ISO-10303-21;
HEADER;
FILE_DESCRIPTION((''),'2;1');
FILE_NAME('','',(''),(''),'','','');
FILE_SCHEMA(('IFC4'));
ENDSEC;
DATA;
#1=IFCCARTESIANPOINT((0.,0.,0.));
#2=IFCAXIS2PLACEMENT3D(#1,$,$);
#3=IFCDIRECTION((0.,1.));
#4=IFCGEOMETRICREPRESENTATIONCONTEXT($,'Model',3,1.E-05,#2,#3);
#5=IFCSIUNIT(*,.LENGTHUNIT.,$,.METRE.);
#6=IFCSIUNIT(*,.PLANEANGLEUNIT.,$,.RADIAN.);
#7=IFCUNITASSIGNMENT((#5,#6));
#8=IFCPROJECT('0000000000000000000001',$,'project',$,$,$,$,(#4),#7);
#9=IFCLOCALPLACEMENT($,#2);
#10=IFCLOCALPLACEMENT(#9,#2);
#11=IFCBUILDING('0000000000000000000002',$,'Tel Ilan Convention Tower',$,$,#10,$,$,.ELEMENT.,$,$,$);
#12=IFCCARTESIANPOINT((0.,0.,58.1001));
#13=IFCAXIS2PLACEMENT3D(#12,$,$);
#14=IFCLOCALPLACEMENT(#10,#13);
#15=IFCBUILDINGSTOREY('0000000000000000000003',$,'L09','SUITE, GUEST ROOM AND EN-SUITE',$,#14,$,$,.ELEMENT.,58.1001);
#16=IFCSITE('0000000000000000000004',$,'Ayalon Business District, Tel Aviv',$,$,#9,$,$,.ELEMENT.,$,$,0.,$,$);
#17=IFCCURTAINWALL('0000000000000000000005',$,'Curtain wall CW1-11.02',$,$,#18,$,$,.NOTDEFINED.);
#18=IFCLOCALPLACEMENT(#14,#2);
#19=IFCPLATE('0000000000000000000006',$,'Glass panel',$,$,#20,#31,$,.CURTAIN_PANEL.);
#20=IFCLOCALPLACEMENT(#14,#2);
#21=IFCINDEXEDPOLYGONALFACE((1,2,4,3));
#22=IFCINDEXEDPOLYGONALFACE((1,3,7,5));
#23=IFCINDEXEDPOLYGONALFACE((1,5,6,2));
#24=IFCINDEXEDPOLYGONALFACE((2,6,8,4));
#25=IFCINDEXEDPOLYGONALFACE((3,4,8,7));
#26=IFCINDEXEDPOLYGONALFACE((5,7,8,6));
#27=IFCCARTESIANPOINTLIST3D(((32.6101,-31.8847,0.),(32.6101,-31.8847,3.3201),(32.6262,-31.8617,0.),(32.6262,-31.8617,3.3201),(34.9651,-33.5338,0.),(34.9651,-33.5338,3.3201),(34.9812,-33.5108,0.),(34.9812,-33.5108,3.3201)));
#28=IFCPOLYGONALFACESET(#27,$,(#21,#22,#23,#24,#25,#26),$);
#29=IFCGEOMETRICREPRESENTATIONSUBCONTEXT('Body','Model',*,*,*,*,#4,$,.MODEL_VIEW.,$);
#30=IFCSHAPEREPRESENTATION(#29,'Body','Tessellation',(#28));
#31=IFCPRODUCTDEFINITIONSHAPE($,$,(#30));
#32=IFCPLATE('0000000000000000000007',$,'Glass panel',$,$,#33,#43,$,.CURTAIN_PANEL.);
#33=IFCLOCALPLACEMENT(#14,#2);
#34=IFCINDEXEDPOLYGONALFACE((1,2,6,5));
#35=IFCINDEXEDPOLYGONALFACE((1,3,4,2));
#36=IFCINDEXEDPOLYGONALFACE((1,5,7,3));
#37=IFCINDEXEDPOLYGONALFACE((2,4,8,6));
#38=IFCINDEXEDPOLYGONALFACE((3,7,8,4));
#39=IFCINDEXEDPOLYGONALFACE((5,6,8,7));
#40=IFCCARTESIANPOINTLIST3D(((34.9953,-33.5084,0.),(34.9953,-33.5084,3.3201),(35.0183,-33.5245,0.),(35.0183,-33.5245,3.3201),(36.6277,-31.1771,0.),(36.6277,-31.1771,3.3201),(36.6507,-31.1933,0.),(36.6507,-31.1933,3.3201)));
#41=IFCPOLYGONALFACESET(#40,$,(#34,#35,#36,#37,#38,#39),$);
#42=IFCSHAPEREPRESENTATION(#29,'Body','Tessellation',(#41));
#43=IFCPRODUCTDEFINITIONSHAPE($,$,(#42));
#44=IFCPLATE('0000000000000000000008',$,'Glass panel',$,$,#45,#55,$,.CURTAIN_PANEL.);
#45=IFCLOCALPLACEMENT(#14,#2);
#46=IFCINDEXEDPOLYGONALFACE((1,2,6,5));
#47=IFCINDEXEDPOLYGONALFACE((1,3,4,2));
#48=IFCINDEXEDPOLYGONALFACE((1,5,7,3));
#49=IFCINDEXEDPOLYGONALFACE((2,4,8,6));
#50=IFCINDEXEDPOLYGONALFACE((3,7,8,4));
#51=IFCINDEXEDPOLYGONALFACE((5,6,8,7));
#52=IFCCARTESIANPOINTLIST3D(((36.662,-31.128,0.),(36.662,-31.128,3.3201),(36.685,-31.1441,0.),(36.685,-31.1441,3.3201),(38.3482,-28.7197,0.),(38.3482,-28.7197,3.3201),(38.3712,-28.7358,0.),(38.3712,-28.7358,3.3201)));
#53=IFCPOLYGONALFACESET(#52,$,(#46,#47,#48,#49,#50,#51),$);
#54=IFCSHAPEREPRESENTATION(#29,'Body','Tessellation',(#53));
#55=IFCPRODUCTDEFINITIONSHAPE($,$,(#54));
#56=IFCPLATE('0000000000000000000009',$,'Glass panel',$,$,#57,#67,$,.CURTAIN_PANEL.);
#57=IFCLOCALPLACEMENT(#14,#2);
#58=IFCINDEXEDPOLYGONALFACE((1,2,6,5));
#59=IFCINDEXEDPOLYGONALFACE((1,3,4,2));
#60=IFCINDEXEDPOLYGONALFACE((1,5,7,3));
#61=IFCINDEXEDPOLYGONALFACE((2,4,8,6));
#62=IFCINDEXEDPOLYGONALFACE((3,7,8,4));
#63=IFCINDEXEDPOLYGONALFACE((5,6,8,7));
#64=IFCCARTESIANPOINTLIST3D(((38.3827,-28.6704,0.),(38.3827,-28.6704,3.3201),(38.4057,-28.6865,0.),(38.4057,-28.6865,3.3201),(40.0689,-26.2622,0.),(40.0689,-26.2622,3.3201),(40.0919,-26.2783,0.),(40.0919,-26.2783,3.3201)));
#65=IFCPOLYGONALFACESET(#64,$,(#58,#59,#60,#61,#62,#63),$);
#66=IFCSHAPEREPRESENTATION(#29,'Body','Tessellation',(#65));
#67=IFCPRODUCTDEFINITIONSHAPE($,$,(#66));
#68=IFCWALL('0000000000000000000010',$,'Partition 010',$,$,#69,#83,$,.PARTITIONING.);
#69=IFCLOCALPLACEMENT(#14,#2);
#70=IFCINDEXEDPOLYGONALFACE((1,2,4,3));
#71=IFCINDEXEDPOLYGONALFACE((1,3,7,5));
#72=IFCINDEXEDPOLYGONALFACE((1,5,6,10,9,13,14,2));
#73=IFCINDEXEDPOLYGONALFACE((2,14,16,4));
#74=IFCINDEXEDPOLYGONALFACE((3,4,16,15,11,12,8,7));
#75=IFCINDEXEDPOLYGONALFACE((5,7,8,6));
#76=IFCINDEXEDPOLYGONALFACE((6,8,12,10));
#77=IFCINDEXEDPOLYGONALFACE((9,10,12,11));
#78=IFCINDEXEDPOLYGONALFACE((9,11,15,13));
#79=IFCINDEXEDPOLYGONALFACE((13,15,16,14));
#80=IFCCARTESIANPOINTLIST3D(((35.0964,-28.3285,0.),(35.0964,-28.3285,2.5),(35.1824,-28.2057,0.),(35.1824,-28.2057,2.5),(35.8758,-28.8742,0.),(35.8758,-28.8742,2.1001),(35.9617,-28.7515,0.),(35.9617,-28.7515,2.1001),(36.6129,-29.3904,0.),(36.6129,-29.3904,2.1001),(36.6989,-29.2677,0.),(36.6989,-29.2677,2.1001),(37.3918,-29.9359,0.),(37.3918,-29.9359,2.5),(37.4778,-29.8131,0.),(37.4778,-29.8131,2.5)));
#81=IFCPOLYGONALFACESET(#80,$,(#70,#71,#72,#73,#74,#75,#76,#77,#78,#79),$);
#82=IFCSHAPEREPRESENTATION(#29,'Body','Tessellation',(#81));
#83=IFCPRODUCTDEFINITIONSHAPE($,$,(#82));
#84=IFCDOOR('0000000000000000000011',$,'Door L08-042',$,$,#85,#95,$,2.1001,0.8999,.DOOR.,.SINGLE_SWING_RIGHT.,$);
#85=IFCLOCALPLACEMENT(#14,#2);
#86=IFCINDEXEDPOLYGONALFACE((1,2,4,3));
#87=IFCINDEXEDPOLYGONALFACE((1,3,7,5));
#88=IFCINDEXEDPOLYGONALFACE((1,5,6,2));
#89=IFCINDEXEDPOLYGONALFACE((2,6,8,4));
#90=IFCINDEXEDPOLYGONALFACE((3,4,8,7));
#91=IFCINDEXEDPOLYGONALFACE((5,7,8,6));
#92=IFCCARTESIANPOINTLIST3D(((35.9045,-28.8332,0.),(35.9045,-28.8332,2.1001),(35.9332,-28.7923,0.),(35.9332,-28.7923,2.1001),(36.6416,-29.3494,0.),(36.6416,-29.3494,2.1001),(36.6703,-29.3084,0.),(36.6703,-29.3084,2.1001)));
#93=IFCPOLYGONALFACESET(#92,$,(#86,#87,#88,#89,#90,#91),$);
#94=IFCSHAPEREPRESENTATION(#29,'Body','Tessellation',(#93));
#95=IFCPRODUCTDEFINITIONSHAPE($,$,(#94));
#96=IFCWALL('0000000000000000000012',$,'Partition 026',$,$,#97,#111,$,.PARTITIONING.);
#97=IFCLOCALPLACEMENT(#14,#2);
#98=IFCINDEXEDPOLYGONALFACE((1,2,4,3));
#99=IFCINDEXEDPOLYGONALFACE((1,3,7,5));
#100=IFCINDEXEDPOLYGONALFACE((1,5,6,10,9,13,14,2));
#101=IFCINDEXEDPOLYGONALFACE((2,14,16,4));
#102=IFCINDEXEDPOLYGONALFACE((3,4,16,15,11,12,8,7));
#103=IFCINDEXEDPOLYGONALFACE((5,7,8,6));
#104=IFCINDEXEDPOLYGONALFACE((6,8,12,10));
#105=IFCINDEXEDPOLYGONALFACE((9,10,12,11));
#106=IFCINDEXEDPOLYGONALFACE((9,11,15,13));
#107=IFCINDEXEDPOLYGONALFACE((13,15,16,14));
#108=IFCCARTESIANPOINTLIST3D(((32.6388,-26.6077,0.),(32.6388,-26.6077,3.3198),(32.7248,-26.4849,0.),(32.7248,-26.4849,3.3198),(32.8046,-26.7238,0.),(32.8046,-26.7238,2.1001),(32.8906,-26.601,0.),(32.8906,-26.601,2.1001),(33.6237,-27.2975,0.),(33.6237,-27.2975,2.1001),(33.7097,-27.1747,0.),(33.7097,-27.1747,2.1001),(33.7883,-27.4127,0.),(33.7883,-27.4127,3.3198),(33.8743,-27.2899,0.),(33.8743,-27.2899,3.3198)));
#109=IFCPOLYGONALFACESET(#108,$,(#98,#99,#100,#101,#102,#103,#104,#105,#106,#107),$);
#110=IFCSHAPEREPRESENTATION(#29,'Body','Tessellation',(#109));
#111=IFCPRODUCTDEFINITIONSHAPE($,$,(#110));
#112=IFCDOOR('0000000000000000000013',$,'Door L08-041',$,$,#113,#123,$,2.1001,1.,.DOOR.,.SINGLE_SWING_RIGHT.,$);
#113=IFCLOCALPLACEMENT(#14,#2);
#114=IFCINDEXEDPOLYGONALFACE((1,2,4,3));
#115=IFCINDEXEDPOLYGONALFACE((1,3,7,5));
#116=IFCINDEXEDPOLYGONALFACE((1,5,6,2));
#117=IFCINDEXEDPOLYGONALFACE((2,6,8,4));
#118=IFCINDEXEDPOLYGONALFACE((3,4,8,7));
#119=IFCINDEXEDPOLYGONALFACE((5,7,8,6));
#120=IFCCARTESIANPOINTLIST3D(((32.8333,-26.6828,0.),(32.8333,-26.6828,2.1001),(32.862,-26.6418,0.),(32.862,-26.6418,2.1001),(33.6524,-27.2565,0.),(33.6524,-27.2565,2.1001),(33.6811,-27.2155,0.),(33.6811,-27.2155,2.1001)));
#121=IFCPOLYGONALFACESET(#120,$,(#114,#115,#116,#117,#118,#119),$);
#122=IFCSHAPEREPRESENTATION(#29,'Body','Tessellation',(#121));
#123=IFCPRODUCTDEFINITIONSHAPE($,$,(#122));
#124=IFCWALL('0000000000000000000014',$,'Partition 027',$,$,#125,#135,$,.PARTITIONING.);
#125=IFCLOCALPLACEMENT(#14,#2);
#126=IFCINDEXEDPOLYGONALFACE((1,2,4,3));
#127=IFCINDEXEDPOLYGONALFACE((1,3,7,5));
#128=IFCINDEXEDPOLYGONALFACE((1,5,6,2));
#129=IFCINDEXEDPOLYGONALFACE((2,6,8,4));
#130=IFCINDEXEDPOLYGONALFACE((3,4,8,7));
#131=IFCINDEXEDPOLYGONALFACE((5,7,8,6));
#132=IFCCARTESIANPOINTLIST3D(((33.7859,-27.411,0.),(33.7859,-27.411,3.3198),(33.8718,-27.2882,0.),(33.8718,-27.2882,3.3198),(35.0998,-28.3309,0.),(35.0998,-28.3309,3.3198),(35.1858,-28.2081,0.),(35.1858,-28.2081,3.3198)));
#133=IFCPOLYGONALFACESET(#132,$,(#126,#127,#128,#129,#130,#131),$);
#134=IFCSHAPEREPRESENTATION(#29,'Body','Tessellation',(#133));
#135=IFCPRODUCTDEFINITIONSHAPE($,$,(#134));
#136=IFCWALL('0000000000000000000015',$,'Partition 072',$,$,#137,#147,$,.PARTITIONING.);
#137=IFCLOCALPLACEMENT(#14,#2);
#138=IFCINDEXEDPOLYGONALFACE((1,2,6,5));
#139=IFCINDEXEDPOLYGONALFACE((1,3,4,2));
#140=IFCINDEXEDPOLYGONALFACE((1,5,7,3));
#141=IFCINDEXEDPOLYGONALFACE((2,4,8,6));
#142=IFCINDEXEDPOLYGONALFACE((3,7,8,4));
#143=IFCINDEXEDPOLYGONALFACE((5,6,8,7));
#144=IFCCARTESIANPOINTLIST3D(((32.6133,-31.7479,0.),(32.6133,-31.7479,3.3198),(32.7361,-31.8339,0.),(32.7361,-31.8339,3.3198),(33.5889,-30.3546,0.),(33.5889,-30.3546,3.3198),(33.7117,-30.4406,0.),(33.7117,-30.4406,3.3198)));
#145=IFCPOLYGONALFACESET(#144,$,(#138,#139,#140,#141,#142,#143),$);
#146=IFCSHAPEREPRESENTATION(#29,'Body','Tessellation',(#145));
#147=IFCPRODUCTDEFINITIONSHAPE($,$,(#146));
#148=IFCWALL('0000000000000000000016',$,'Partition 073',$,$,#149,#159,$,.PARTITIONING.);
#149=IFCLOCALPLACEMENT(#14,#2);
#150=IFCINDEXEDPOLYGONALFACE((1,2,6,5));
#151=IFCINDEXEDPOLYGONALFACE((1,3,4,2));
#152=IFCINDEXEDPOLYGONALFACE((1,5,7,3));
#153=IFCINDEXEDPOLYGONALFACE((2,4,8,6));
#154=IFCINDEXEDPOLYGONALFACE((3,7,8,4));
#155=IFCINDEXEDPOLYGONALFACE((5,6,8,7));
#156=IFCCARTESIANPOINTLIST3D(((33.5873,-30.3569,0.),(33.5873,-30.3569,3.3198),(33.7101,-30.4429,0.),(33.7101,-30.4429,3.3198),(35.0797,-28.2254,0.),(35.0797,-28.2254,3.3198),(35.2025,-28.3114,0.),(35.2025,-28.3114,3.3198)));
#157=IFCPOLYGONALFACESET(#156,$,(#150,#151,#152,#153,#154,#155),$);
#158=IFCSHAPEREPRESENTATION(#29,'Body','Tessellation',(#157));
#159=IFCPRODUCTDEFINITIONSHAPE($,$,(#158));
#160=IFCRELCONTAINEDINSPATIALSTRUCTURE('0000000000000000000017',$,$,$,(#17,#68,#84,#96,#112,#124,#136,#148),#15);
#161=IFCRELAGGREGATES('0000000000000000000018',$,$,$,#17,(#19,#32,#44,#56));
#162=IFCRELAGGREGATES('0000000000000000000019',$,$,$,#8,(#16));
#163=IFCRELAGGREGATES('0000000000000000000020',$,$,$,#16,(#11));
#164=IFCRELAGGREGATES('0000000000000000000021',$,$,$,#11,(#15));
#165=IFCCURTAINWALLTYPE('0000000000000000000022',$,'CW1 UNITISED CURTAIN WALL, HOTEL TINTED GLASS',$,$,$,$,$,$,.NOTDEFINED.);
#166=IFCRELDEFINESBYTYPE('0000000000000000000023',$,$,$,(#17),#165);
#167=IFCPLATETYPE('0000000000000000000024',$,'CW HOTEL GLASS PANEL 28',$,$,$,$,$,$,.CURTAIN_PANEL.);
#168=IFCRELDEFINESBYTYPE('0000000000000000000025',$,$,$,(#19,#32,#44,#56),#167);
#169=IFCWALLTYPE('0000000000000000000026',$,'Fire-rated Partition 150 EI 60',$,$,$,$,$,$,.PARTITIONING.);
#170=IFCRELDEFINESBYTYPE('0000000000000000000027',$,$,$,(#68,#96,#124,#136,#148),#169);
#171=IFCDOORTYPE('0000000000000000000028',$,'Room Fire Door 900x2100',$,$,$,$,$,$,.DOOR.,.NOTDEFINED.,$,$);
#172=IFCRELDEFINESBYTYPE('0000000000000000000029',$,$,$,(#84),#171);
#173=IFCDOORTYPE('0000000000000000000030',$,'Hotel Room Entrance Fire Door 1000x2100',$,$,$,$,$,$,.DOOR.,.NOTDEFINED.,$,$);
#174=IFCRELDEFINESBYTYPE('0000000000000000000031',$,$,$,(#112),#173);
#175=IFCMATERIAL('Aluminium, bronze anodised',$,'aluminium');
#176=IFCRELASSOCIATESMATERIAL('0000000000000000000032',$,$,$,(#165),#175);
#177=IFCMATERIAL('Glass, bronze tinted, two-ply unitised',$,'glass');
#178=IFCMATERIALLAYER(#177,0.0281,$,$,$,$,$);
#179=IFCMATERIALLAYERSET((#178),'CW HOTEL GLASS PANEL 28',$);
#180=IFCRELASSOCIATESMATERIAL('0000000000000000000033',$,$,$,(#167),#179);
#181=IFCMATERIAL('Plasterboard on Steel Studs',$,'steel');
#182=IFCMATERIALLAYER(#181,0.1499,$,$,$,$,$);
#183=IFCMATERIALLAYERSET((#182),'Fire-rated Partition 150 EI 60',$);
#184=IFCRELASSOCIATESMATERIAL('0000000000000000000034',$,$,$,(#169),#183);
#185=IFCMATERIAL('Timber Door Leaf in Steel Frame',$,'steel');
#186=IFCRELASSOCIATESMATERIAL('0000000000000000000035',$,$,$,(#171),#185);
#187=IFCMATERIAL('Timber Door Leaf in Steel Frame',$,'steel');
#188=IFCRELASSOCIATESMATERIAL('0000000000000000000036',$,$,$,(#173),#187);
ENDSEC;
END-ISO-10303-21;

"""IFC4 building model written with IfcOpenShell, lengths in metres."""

from ifc_helpers import new_model, si_unit, direction, frame, frame_2d, origin, origin_2d, place, context, subcontext, project, spatial, rectangle, extrude, material, layer, layer_set, type_object, element, fill, aggregate, save


model = new_model("IFC4")

# Units and contexts
model_context = context("Model", 3, precision=1e-05, world=origin(), true_north=direction((0.0, 1.0)))
body_context = subcontext(model_context, "Body", "Model", "MODEL_VIEW")
ifc_project = project(units=[si_unit("LENGTHUNIT", "METRE"), si_unit("PLANEANGLEUNIT", "RADIAN")], contexts=[model_context])

# Site, building, storey
site_placement = place(None, origin())
site = spatial("IfcSite", under=ifc_project, at=site_placement, Name="Ayalon Business District, Tel Aviv", CompositionType="ELEMENT", RefElevation=0.0)
building_placement = place(site_placement, origin())
building = spatial("IfcBuilding", under=site, at=building_placement, Name="Tel Ilan Convention Tower", CompositionType="ELEMENT")
storey_placement = place(building_placement, frame((0.0, 0.0, 58.1001)))
storey = spatial("IfcBuildingStorey", under=building, at=storey_placement, Name="L09", Description="SUITE, GUEST ROOM AND EN-SUITE", CompositionType="ELEMENT", Elevation=58.1001)

# Curtain wall, plates
ifc_material_1 = material(Name="Aluminium, bronze anodised", Category="aluminium")
curtain_wall_type = type_object("IfcCurtainWallType", Name="CW1 UNITISED CURTAIN WALL, HOTEL TINTED GLASS", PredefinedType="NOTDEFINED", material=ifc_material_1)
curtain_wall_placement = place(storey_placement, origin())
curtain_wall = element("IfcCurtainWall", 1, at=curtain_wall_placement, inside=storey, type_object=curtain_wall_type, Name="Curtain wall CW1-11.02", PredefinedType="NOTDEFINED")
ifc_material_2 = material(Name="Glass, bronze tinted, two-ply unitised", Category="glass")
ifc_layer_1 = layer(ifc_material_2, 0.0281)
ifc_layer_set_1 = layer_set([ifc_layer_1], Name="CW HOTEL GLASS PANEL 28")
plate_type = type_object("IfcPlateType", Name="CW HOTEL GLASS PANEL 28", PredefinedType="CURTAIN_PANEL", material=ifc_layer_set_1)
plate_1_placement = place(storey_placement, frame((33.7957, -32.6978, 0.0), z_axis=(0.0, 0.0, 1.0), x_axis=(0.819152, -0.573576, 0.0)))
plate_1 = element("IfcPlate", 2, at=plate_1_placement, type_object=plate_type, Name="Glass panel", PredefinedType="CURTAIN_PANEL", context=body_context, shape_type="SweptSolid", body=[
    extrude(rectangle(XDim=2.875, YDim=0.0281, at=origin_2d()), origin(), (0.0, 0.0, 1.0), 3.3201),
])
plate_2_placement = place(storey_placement, frame((35.823, -32.3508, 0.0), z_axis=(0.0, 0.0, 1.0), x_axis=(0.573576, 0.819152, 0.0)))
plate_2 = element("IfcPlate", 3, at=plate_2_placement, type_object=plate_type, Name="Glass panel", PredefinedType="CURTAIN_PANEL", context=body_context, shape_type="SweptSolid", body=[
    extrude(rectangle(XDim=2.8459, YDim=0.0281, at=origin_2d()), origin(), (0.0, 0.0, 1.0), 3.3201),
])
plate_3_placement = place(storey_placement, frame((37.5166, -29.9319, 0.0), z_axis=(0.0, 0.0, 1.0), x_axis=(0.573576, 0.819152, 0.0)))
plate_3 = element("IfcPlate", 4, at=plate_3_placement, type_object=plate_type, Name="Glass panel", PredefinedType="CURTAIN_PANEL", context=body_context, shape_type="SweptSolid", body=[
    extrude(rectangle(XDim=2.9399, YDim=0.0281, at=origin_2d()), origin(), (0.0, 0.0, 1.0), 3.3201),
])
plate_4_placement = place(storey_placement, frame((39.2373, -27.4744, 0.0), z_axis=(0.0, 0.0, 1.0), x_axis=(0.573576, 0.819152, 0.0)))
plate_4 = element("IfcPlate", 5, at=plate_4_placement, type_object=plate_type, Name="Glass panel", PredefinedType="CURTAIN_PANEL", context=body_context, shape_type="SweptSolid", body=[
    extrude(rectangle(XDim=2.9399, YDim=0.0281, at=origin_2d()), origin(), (0.0, 0.0, 1.0), 3.3201),
])
aggregate(curtain_wall, [plate_1, plate_2, plate_3, plate_4])

# Walls, openings, doors
ifc_material_3 = material(Name="Plasterboard on Steel Studs", Category="steel")
ifc_layer_2 = layer(ifc_material_3, 0.1499)
ifc_layer_set_2 = layer_set([ifc_layer_2], Name="Fire-rated Partition 150 EI 60")
wall_type_1 = type_object("IfcWallType", Name="Fire-rated Partition 150 EI 60", PredefinedType="PARTITIONING", material=ifc_layer_set_2)
wall_1_placement = place(storey_placement, frame((37.4348, -29.8745, 0.0), z_axis=(0.0, 0.0, 1.0), x_axis=(-0.819125, 0.573614, 0.0)))
wall_1 = element("IfcWall", 6, at=wall_1_placement, inside=storey, type_object=wall_type_1, Name="Partition 010", PredefinedType="PARTITIONING", context=body_context, shape_type="SweptSolid", body=[
    extrude(rectangle(XDim=2.8022, YDim=0.1499, at=frame_2d((1.4011, 0.0))), origin(), (0.0, 0.0, 1.0), 2.5),
])
opening_1_placement = place(wall_1_placement, frame((0.9509, 0.0, 0.0)))
opening_1 = element("IfcOpeningElement", 7, at=opening_1_placement, cuts=wall_1, PredefinedType="OPENING", context=body_context, shape_type="SweptSolid", body=[
    extrude(rectangle(XDim=0.8999, YDim=2.1001, at=frame_2d((0.45, 1.05))), frame((0.0, 0.085, 0.0), z_axis=(0.0, -1.0, 0.0), x_axis=(1.0, 0.0, 0.0)), (0.0, 0.0, 1.0), 0.1699),
])
ifc_material_4 = material(Name="Timber Door Leaf in Steel Frame", Category="steel")
door_type_1 = type_object("IfcDoorType", Name="Room Fire Door 900x2100", OperationType="NOTDEFINED", PredefinedType="DOOR", material=ifc_material_4)
door_1_placement = place(opening_1_placement, origin())
door_1 = element("IfcDoor", 8, at=door_1_placement, inside=storey, type_object=door_type_1, Name="Door L08-042", OperationType="SINGLE_SWING_RIGHT", OverallHeight=2.1001, OverallWidth=0.8999, PredefinedType="DOOR", context=body_context, shape_type="SweptSolid", body=[
    extrude(rectangle(XDim=0.8999, YDim=2.1001, at=frame_2d((0.45, 1.05))), frame((0.0, 0.0249, 0.0), z_axis=(0.0, -1.0, 0.0), x_axis=(1.0, 0.0, 0.0)), (0.0, 0.0, 1.0), 0.05),
])
fill(opening_1, door_1)
wall_2_placement = place(storey_placement, frame((33.8313, -27.3513, 0.0), z_axis=(0.0, 0.0, 1.0), x_axis=(-0.819117, 0.573626, 0.0)))
wall_2 = element("IfcWall", 9, at=wall_2_placement, inside=storey, type_object=wall_type_1, Name="Partition 026", PredefinedType="PARTITIONING", context=body_context, shape_type="SweptSolid", body=[
    extrude(rectangle(XDim=1.4033, YDim=0.1499, at=frame_2d((0.7017, 0.0))), origin(), (0.0, 0.0, 1.0), 3.3198),
])
opening_2_placement = place(wall_2_placement, frame((0.2009, 0.0, 0.0)))
opening_2 = element("IfcOpeningElement", 10, at=opening_2_placement, cuts=wall_2, PredefinedType="OPENING", context=body_context, shape_type="SweptSolid", body=[
    extrude(rectangle(XDim=1.0, YDim=2.1001, at=frame_2d((0.5, 1.05))), frame((0.0, 0.085, 0.0), z_axis=(0.0, -1.0, 0.0), x_axis=(1.0, 0.0, 0.0)), (0.0, 0.0, 1.0), 0.1699),
])
ifc_material_5 = material(Name="Timber Door Leaf in Steel Frame", Category="steel")
door_type_2 = type_object("IfcDoorType", Name="Hotel Room Entrance Fire Door 1000x2100", OperationType="NOTDEFINED", PredefinedType="DOOR", material=ifc_material_5)
door_2_placement = place(opening_2_placement, origin())
door_2 = element("IfcDoor", 11, at=door_2_placement, inside=storey, type_object=door_type_2, Name="Door L08-041", OperationType="SINGLE_SWING_RIGHT", OverallHeight=2.1001, OverallWidth=1.0, PredefinedType="DOOR", context=body_context, shape_type="SweptSolid", body=[
    extrude(rectangle(XDim=1.0, YDim=2.1001, at=frame_2d((0.5, 1.05))), frame((0.0, 0.0249, 0.0), z_axis=(0.0, -1.0, 0.0), x_axis=(1.0, 0.0, 0.0)), (0.0, 0.0, 1.0), 0.05),
])
fill(opening_2, door_2)

# Walls
wall_3_placement = place(storey_placement, frame((35.1428, -28.2695, 0.0), z_axis=(0.0, 0.0, 1.0), x_axis=(-0.819189, 0.573524, 0.0)))
element("IfcWall", 12, at=wall_3_placement, inside=storey, type_object=wall_type_1, Name="Partition 027", PredefinedType="PARTITIONING", context=body_context, shape_type="SweptSolid", body=[
    extrude(rectangle(XDim=1.604, YDim=0.1499, at=frame_2d((0.802, 0.0))), origin(), (0.0, 0.0, 1.0), 3.3198),
])
wall_4_placement = place(storey_placement, frame((33.6504, -30.3975, 0.0), z_axis=(0.0, 0.0, 1.0), x_axis=(-0.573568, -0.819158, 0.0)))
element("IfcWall", 13, at=wall_4_placement, inside=storey, type_object=wall_type_1, Name="Partition 072", PredefinedType="PARTITIONING", context=body_context, shape_type="SweptSolid", body=[
    extrude(rectangle(XDim=1.7009, YDim=0.1499, at=frame_2d((0.8506, 0.0))), origin(), (0.0, 0.0, 1.0), 3.3198),
])
wall_5_placement = place(storey_placement, frame((33.6487, -30.3999, 0.0), z_axis=(0.0, 0.0, 1.0), x_axis=(0.573544, 0.819175, 0.0)))
element("IfcWall", 14, at=wall_5_placement, inside=storey, type_object=wall_type_1, Name="Partition 073", PredefinedType="PARTITIONING", context=body_context, shape_type="SweptSolid", body=[
    extrude(rectangle(XDim=2.6021, YDim=0.1499, at=frame_2d((1.301, 0.0))), origin(), (0.0, 0.0, 1.0), 3.3198),
])

save(model, "model.ifc")
